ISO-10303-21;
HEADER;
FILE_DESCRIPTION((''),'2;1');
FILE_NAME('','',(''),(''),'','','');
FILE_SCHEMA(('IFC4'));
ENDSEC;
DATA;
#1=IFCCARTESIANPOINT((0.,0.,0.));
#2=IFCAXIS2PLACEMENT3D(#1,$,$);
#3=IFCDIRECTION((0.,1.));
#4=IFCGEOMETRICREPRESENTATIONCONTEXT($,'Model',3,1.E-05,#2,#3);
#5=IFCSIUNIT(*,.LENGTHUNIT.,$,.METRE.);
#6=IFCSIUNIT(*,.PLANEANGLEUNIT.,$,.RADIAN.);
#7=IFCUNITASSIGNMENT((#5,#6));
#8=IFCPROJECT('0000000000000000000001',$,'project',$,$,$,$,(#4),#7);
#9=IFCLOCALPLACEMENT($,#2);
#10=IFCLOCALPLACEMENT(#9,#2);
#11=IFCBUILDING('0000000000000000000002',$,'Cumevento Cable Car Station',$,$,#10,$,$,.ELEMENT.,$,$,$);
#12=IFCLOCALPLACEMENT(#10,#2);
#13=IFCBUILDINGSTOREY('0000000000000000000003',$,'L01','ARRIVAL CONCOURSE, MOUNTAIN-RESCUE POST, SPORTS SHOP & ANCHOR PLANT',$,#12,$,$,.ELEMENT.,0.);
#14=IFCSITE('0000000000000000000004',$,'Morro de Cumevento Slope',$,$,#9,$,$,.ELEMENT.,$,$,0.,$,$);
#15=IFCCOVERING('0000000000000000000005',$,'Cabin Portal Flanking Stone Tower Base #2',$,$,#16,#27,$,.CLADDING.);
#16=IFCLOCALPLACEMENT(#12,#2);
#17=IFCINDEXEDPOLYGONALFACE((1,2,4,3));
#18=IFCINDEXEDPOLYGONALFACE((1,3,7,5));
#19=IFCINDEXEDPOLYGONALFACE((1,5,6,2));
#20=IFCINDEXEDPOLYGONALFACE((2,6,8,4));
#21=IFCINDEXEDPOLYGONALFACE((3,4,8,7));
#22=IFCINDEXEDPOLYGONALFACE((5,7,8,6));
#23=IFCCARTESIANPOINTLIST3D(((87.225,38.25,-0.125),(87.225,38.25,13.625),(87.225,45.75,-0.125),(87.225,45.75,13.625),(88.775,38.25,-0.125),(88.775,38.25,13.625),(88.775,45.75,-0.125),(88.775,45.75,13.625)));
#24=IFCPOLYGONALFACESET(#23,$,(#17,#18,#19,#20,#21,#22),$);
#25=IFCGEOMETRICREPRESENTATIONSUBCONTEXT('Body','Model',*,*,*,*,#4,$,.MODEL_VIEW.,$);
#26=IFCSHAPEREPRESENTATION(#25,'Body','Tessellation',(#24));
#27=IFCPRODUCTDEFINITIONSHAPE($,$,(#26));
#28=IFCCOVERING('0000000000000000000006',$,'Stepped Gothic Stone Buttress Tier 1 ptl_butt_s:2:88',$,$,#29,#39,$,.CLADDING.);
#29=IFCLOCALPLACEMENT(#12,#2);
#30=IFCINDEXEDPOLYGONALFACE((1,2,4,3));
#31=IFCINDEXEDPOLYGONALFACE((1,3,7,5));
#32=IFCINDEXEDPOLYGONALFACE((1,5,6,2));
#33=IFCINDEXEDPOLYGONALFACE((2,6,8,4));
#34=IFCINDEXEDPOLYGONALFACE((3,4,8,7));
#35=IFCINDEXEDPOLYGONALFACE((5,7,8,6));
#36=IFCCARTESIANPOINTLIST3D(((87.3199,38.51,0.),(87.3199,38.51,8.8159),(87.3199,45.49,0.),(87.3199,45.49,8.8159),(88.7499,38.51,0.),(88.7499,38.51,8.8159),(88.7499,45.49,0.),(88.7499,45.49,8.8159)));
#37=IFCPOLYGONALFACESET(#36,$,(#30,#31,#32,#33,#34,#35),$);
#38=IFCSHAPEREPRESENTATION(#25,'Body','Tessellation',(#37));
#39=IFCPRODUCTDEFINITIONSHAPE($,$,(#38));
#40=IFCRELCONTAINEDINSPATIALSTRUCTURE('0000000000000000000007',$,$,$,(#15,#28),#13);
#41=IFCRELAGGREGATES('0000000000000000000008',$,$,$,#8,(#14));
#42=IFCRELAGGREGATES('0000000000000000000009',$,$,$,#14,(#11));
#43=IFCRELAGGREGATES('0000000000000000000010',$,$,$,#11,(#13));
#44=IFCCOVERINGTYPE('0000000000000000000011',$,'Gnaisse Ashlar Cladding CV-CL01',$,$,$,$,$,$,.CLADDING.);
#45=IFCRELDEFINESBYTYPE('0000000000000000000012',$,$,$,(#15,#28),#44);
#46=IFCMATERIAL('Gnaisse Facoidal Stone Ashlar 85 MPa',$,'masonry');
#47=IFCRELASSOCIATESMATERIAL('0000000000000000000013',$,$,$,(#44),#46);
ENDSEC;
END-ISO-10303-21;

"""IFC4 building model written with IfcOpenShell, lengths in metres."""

from ifc_helpers import new_model, si_unit, direction, frame, origin, origin_2d, place, context, subcontext, project, spatial, rectangle, extrude, material, type_object, element, save


model = new_model("IFC4")

# Units and contexts
model_context = context("Model", 3, precision=1e-05, world=origin(), true_north=direction((0.0, 1.0)))
body_context = subcontext(model_context, "Body", "Model", "MODEL_VIEW")
ifc_project = project(units=[si_unit("LENGTHUNIT", "METRE"), si_unit("PLANEANGLEUNIT", "RADIAN")], contexts=[model_context])

# Site, building, storey
site_placement = place(None, origin())
site = spatial("IfcSite", under=ifc_project, at=site_placement, Name="Morro de Cumevento Slope", CompositionType="ELEMENT", RefElevation=0.0)
building_placement = place(site_placement, origin())
building = spatial("IfcBuilding", under=site, at=building_placement, Name="Cumevento Cable Car Station", CompositionType="ELEMENT")
storey_placement = place(building_placement, origin())
storey = spatial("IfcBuildingStorey", under=building, at=storey_placement, Name="L01", Description="ARRIVAL CONCOURSE, MOUNTAIN-RESCUE POST, SPORTS SHOP & ANCHOR PLANT", CompositionType="ELEMENT", Elevation=0.0)

# Coverings
ifc_material_1 = material(Name="Gnaisse Facoidal Stone Ashlar 85 MPa", Category="masonry")
covering_type = type_object("IfcCoveringType", Name="Gnaisse Ashlar Cladding CV-CL01", PredefinedType="CLADDING", material=ifc_material_1)
covering_1_placement = place(storey_placement, frame((88.0, 42.0, -0.125), z_axis=(0.0, 0.0, 1.0), x_axis=(1.0, 0.0, 0.0)))
element("IfcCovering", 1, at=covering_1_placement, inside=storey, type_object=covering_type, Name="Cabin Portal Flanking Stone Tower Base #2", PredefinedType="CLADDING", context=body_context, shape_type="SweptSolid", body=[
    extrude(rectangle(XDim=1.55, YDim=7.5, at=origin_2d()), origin(), (0.0, 0.0, 1.0), 13.75),
])
covering_2_placement = place(storey_placement, frame((88.0349, 42.0, 0.0), z_axis=(0.0, 0.0, 1.0), x_axis=(0.0, -1.0, 0.0)))
element("IfcCovering", 2, at=covering_2_placement, inside=storey, type_object=covering_type, Name="Stepped Gothic Stone Buttress Tier 1 ptl_butt_s:2:88", PredefinedType="CLADDING", context=body_context, shape_type="SweptSolid", body=[
    extrude(rectangle(XDim=6.98, YDim=1.4299, at=origin_2d()), origin(), (0.0, 0.0, 1.0), 8.8159),
])

save(model, "model.ifc")
